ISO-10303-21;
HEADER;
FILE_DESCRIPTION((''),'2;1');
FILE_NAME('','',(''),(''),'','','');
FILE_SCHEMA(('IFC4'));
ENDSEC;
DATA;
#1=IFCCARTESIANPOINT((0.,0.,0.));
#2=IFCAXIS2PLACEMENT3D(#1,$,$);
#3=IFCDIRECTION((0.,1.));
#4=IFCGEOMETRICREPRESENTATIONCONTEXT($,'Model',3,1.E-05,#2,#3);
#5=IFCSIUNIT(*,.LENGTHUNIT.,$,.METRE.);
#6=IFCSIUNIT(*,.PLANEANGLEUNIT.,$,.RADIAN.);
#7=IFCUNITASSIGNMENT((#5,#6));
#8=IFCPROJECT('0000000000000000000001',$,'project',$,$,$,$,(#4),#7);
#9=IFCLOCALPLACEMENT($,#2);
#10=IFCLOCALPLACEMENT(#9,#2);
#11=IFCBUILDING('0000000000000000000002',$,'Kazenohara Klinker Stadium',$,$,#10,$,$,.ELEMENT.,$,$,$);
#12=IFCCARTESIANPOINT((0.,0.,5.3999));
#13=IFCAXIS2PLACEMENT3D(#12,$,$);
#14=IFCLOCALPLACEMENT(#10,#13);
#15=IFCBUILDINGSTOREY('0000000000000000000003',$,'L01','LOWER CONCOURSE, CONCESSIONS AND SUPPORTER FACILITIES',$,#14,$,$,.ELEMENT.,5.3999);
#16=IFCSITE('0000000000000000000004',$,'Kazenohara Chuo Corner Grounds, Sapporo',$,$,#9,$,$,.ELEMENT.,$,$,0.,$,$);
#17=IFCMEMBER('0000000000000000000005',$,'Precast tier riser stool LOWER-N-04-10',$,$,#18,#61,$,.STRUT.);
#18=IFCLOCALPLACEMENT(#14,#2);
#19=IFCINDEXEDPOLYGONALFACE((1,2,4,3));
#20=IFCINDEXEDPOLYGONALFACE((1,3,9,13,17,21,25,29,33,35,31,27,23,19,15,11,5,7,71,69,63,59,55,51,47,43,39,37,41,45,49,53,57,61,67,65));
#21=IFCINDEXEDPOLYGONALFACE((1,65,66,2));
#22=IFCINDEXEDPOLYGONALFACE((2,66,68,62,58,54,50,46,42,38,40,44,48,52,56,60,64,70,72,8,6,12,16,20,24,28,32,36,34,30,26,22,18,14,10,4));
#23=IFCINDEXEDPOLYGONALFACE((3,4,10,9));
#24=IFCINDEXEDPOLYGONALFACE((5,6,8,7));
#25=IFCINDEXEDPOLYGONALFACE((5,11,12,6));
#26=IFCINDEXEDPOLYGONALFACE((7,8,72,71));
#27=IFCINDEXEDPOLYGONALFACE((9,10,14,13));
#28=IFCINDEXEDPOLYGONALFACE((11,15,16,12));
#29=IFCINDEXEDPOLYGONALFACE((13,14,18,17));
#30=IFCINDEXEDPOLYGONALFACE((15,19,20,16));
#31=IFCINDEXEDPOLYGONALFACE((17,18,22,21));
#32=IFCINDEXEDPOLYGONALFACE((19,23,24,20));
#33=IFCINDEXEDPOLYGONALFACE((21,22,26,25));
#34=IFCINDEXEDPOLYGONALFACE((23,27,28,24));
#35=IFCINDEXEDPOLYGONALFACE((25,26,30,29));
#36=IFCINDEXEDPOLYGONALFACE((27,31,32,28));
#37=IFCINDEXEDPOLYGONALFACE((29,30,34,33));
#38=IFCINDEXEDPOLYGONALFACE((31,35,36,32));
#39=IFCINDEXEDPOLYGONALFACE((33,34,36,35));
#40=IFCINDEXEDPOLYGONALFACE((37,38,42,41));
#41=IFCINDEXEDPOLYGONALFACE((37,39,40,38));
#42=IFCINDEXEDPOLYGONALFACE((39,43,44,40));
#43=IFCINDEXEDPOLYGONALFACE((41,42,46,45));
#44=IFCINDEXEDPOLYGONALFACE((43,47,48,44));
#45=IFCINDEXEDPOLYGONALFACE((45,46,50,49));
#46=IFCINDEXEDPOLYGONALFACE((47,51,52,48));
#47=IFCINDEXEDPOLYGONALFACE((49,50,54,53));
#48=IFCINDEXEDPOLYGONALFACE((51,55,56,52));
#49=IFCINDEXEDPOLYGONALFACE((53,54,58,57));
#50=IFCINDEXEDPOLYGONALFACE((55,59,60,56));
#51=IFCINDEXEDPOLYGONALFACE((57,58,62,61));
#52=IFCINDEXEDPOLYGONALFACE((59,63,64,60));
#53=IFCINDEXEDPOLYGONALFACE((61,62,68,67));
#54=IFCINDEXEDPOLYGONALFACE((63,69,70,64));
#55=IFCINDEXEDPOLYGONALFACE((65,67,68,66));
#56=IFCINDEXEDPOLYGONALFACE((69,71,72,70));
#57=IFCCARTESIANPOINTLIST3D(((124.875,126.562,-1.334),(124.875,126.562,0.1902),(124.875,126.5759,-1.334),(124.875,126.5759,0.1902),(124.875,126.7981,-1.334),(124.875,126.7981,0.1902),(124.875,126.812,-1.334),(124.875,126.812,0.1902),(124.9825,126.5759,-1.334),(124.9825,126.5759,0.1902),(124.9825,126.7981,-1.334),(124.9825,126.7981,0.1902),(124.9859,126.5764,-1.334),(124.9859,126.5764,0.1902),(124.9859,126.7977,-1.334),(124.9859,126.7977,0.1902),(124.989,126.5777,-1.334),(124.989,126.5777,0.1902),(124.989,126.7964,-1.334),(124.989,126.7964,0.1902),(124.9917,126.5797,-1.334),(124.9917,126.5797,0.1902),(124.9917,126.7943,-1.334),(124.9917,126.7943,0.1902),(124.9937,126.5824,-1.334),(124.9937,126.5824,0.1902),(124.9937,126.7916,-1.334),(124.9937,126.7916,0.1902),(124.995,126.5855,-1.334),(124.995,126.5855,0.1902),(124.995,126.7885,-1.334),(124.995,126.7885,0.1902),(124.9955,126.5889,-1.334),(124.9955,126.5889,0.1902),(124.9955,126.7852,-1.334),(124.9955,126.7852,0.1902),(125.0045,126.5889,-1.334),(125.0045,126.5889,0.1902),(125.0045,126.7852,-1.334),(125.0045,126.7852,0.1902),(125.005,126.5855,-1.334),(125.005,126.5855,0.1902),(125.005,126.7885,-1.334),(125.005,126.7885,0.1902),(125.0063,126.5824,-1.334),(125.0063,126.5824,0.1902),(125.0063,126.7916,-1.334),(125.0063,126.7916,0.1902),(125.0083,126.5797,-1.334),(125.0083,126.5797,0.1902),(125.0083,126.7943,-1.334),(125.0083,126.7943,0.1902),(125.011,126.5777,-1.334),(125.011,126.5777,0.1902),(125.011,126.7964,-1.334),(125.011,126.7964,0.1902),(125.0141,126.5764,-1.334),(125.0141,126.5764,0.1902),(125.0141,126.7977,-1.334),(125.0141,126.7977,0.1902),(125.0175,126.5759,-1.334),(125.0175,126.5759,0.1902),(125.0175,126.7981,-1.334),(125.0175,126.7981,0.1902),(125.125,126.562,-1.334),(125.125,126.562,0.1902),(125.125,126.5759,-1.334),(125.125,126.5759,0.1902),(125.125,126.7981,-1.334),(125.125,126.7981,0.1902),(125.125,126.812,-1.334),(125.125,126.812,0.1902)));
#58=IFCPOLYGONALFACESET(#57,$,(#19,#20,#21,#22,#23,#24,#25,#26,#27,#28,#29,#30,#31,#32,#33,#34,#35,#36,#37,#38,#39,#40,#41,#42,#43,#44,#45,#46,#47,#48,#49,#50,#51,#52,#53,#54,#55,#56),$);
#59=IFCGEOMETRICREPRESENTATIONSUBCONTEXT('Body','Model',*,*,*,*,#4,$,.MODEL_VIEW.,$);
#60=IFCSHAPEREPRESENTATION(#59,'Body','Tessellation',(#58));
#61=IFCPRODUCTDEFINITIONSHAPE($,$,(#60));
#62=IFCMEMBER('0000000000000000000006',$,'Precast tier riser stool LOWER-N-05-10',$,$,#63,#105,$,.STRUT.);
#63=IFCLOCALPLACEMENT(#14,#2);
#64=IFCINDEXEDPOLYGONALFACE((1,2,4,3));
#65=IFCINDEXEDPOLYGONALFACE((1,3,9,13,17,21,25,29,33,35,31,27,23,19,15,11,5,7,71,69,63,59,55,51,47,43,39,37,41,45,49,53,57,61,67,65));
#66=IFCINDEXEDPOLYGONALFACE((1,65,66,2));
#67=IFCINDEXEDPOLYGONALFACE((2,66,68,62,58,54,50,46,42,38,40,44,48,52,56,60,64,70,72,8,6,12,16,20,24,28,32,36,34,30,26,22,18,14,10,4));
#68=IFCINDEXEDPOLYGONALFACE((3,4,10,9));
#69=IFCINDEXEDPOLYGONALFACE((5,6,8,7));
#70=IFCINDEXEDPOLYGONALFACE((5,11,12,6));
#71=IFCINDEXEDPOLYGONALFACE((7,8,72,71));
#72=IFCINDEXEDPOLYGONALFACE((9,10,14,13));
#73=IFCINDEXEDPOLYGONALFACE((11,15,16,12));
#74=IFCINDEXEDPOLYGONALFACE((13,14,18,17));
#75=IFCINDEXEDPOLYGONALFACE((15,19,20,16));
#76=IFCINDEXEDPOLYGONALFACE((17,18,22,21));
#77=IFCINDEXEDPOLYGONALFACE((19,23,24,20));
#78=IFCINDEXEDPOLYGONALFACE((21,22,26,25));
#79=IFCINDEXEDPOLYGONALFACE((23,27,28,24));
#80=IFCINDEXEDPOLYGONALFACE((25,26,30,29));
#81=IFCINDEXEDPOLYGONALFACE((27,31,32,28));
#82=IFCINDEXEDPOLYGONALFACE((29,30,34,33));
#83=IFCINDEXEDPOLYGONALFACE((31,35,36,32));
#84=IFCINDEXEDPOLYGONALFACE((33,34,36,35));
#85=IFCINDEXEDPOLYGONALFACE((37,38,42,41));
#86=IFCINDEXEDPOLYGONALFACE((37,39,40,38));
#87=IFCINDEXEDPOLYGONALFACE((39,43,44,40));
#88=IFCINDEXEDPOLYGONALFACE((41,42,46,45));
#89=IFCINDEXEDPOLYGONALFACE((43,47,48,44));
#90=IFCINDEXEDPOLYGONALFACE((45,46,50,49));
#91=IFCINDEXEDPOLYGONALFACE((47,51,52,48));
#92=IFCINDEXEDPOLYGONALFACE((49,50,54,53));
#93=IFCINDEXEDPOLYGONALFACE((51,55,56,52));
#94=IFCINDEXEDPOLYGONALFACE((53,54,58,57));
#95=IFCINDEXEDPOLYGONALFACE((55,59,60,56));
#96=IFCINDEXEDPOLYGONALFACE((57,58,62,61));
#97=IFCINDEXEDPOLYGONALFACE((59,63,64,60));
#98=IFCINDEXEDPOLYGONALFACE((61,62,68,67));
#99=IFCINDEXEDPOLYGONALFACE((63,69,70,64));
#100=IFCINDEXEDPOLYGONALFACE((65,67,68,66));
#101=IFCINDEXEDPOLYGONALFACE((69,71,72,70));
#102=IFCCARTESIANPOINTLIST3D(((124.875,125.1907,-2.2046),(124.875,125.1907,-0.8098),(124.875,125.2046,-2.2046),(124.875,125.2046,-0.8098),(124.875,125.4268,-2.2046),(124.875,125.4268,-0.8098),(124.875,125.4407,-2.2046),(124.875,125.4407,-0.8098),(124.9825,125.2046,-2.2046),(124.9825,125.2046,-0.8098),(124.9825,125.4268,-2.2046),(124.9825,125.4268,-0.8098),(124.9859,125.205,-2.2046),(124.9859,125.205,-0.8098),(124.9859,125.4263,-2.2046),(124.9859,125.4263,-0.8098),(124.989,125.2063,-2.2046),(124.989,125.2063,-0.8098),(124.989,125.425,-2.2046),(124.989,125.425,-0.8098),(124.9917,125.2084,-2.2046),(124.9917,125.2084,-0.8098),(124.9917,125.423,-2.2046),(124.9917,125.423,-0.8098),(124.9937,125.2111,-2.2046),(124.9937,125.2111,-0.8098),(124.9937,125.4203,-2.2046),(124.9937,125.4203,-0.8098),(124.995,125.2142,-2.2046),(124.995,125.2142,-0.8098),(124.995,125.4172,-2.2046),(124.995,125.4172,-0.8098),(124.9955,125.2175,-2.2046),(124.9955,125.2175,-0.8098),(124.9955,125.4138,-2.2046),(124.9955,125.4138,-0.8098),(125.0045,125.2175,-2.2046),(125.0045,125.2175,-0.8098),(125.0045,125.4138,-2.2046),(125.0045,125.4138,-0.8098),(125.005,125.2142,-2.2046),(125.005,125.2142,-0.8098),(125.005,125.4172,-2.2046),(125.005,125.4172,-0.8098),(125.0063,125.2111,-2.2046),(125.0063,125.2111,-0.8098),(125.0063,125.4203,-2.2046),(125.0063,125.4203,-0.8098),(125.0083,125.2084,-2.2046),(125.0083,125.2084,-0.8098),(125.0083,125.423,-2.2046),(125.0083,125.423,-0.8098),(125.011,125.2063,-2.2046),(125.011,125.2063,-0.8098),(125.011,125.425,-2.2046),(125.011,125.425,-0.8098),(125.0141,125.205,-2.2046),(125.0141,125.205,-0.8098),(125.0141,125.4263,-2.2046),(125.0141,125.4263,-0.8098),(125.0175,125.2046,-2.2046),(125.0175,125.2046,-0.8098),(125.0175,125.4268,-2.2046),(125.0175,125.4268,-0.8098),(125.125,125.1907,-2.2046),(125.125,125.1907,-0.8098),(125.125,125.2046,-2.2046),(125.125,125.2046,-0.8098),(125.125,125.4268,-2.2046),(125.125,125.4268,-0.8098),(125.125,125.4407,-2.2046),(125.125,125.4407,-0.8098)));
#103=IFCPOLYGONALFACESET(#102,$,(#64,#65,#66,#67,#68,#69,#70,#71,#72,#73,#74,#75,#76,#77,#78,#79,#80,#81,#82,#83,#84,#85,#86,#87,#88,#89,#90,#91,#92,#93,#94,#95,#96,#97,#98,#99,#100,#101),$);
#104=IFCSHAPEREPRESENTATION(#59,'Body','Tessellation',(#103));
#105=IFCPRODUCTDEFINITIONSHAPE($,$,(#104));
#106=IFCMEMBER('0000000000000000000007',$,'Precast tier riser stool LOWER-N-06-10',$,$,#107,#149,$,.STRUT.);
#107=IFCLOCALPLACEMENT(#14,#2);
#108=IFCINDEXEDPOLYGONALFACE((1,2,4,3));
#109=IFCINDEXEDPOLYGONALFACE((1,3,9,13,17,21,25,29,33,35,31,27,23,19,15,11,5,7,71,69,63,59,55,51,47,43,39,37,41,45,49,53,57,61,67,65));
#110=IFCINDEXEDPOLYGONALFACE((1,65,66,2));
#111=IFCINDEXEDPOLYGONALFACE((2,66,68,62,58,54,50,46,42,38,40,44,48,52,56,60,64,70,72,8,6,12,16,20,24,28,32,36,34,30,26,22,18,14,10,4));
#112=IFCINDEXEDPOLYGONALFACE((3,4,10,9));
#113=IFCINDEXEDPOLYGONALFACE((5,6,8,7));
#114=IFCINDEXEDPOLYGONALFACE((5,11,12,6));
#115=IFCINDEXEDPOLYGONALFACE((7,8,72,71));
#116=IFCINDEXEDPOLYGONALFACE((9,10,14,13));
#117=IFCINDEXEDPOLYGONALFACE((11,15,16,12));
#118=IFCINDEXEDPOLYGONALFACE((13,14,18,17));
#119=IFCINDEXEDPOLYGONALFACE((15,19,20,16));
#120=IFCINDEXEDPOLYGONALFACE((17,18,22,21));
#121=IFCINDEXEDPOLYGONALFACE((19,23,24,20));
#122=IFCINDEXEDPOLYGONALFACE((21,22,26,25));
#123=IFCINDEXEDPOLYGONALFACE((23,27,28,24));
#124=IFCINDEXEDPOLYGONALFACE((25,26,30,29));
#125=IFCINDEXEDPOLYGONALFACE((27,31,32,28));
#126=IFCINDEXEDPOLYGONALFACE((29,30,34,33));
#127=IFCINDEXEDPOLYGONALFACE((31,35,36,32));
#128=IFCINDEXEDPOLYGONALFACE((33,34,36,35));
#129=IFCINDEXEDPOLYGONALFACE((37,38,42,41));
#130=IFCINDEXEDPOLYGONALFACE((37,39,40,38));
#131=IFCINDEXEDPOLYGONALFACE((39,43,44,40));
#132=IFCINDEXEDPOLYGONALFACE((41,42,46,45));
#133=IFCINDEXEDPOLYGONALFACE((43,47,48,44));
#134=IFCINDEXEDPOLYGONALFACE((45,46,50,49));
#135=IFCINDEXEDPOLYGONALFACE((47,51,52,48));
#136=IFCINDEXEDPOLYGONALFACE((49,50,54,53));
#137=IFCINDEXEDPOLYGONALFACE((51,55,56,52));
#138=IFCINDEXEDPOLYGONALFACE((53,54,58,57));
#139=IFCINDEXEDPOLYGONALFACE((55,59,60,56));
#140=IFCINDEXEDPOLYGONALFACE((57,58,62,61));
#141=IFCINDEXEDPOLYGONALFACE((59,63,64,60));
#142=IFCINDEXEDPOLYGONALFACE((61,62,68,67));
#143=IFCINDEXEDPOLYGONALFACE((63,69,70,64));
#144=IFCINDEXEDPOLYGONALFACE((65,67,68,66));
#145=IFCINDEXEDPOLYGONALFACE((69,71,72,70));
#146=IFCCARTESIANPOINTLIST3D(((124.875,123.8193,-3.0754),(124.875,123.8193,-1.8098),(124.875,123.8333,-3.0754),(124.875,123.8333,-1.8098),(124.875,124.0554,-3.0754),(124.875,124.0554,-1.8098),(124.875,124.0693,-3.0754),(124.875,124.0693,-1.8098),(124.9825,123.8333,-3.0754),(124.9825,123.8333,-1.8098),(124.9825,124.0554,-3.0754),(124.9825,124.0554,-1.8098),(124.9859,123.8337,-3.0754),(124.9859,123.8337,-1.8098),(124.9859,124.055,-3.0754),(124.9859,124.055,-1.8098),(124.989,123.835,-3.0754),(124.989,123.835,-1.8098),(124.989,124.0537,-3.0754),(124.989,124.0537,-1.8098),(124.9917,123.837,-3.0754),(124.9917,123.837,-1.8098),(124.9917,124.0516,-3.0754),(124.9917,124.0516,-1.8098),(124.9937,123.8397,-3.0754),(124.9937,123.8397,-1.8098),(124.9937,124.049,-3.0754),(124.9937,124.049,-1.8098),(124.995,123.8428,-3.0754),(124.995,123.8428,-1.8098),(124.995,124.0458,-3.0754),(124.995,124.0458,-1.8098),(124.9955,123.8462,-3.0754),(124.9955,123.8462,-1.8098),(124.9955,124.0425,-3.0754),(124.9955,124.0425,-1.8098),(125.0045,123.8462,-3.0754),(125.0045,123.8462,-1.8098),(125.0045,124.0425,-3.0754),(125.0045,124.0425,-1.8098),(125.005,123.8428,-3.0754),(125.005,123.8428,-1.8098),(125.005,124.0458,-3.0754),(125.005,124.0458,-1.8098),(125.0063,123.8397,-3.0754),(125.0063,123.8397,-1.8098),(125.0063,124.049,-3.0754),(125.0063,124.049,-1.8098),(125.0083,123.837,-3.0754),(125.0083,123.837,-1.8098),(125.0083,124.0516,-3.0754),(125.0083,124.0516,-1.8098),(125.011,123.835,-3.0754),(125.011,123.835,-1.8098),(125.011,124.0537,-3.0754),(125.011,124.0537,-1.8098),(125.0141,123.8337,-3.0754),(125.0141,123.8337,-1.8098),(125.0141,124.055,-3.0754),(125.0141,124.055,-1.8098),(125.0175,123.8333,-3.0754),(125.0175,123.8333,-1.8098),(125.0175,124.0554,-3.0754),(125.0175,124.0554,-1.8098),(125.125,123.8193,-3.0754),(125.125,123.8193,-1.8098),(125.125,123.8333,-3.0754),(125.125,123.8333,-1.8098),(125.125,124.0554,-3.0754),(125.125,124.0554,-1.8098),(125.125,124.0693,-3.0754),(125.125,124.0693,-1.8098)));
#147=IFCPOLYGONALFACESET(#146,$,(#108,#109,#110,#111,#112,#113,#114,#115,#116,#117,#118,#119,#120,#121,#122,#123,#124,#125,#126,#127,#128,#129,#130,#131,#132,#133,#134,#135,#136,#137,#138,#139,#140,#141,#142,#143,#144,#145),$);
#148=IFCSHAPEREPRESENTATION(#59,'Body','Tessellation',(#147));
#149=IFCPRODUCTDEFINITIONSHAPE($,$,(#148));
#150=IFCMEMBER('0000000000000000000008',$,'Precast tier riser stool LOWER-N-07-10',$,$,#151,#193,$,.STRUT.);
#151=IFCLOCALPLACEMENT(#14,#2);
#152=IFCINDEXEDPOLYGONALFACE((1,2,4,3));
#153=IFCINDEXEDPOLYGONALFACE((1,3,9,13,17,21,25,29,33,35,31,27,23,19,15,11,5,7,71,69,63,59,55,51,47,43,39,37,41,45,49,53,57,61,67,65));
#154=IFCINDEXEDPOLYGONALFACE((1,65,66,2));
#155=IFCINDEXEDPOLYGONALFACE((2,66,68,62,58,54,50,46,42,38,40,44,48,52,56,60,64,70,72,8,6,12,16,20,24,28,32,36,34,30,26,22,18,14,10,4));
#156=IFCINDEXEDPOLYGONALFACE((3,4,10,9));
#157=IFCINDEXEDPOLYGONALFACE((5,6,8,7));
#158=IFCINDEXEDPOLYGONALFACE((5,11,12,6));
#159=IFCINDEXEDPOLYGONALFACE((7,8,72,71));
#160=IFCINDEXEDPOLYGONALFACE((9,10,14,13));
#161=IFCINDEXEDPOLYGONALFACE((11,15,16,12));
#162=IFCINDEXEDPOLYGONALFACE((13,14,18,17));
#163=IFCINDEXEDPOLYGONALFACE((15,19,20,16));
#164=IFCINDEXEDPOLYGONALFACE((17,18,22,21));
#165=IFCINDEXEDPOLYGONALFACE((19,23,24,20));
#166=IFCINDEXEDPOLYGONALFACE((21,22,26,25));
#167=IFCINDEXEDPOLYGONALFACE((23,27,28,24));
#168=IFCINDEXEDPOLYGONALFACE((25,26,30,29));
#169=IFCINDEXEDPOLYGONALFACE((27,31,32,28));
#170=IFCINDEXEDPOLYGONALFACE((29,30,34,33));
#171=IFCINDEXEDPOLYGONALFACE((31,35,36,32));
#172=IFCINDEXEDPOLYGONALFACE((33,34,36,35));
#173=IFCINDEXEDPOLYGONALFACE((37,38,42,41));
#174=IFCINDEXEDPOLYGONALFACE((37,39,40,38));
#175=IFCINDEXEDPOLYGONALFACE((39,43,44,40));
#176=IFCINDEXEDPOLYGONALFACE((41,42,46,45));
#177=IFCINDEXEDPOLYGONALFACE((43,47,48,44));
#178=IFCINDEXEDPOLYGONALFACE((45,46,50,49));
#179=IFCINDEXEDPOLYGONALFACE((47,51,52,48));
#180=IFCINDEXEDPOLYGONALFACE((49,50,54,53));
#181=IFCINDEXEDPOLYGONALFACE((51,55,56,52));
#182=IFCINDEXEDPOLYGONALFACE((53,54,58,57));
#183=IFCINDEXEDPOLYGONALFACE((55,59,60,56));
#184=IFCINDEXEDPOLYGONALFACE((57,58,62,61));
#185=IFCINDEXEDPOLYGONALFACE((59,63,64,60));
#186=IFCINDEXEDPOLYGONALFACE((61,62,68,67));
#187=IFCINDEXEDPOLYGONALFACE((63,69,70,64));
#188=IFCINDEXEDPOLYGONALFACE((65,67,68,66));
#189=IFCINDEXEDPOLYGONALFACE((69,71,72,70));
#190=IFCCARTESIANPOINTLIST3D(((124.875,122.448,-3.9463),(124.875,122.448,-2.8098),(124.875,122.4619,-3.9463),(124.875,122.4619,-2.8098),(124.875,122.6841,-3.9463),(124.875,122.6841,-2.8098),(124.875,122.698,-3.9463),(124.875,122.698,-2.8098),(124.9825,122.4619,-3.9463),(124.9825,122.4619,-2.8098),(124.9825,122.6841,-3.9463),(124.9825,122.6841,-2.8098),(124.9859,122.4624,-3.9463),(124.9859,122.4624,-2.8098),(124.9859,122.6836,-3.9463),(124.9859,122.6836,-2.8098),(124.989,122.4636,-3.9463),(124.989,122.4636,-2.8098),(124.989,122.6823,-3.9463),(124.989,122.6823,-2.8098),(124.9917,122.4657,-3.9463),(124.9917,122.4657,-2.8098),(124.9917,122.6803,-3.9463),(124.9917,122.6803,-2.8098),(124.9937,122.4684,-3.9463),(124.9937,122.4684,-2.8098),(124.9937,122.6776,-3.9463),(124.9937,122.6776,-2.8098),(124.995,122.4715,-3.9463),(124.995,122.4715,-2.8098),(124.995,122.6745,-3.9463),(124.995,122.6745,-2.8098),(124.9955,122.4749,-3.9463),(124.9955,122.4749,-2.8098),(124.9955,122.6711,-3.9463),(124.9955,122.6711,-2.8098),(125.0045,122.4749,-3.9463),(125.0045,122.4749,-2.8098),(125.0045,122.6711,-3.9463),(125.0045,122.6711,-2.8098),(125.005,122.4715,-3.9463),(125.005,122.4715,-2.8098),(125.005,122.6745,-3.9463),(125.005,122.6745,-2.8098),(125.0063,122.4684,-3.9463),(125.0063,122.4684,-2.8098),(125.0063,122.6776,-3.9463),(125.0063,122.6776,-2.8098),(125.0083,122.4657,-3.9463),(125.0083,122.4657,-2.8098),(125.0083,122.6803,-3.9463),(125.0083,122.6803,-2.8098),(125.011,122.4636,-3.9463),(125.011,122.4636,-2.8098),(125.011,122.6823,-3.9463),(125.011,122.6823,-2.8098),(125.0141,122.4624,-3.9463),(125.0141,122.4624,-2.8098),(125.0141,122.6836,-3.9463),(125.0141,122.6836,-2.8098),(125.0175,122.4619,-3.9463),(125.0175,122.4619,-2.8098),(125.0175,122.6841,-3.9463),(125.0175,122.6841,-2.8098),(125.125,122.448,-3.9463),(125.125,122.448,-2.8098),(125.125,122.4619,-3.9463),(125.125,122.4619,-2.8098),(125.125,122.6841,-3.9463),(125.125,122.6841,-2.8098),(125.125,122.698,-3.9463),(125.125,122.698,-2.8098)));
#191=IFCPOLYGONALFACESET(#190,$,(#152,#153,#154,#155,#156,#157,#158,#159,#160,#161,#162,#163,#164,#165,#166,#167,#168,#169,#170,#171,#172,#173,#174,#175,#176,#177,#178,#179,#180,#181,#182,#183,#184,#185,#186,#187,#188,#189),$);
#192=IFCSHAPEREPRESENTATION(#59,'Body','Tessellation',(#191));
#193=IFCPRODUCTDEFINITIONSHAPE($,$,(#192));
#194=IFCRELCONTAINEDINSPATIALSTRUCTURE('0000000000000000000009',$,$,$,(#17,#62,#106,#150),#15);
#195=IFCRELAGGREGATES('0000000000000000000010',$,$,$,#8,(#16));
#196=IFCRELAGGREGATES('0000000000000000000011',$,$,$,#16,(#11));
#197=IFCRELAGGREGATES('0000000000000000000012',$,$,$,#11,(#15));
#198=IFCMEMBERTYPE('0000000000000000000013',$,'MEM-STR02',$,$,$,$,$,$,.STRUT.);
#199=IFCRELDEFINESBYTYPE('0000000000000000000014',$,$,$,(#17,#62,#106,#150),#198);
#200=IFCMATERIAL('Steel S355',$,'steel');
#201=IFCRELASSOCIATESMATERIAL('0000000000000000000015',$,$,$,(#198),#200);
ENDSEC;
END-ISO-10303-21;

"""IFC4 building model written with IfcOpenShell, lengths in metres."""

from ifc_helpers import new_model, si_unit, direction, frame, origin, origin_2d, place, context, subcontext, project, spatial, i_section, extrude, material, material_profile, profile_set, type_object, element, save


model = new_model("IFC4")

# Units and contexts
model_context = context("Model", 3, precision=1e-05, world=origin(), true_north=direction((0.0, 1.0)))
body_context = subcontext(model_context, "Body", "Model", "MODEL_VIEW")
ifc_project = project(units=[si_unit("LENGTHUNIT", "METRE"), si_unit("PLANEANGLEUNIT", "RADIAN")], contexts=[model_context])

# Site, building, storey
site_placement = place(None, origin())
site = spatial("IfcSite", under=ifc_project, at=site_placement, Name="Kazenohara Chuo Corner Grounds, Sapporo", CompositionType="ELEMENT", RefElevation=0.0)
building_placement = place(site_placement, origin())
building = spatial("IfcBuilding", under=site, at=building_placement, Name="Kazenohara Klinker Stadium", CompositionType="ELEMENT")
storey_placement = place(building_placement, frame((0.0, 0.0, 5.3999)))
storey = spatial("IfcBuildingStorey", under=building, at=storey_placement, Name="L01", Description="LOWER CONCOURSE, CONCESSIONS AND SUPPORTER FACILITIES", CompositionType="ELEMENT", Elevation=5.3999)

# Shared definitions
ifc_material_1 = material(Name="Steel S355", Category="steel")

# Members
ifc_material_profile_1 = material_profile(ifc_material_1, i_section(OverallWidth=0.25, OverallDepth=0.25, WebThickness=0.009, FlangeThickness=0.0139, FilletRadius=0.0129, at=origin_2d()), Name="H-250x250x9x14")
ifc_profile_set_1 = profile_set([ifc_material_profile_1], Name="Steel S355")
member_type_1 = type_object("IfcMemberType", Name="MEM-STR02", PredefinedType="STRUT", material=ifc_profile_set_1)
member_1_placement = place(storey_placement, frame((125.0, 126.687, -1.334), z_axis=(0.0, 0.0, 1.0), x_axis=(1.0, 0.0, 0.0)))
element("IfcMember", 1, at=member_1_placement, inside=storey, type_object=member_type_1, Name="Precast tier riser stool LOWER-N-04-10", PredefinedType="STRUT", context=body_context, shape_type="SweptSolid", body=[
    extrude(i_section(OverallWidth=0.25, OverallDepth=0.25, WebThickness=0.009, FlangeThickness=0.0139, FilletRadius=0.0129, at=origin_2d()), origin(), (0.0, 0.0, 1.0), 1.5242),
])
member_2_placement = place(storey_placement, frame((125.0, 125.3157, -2.2046), z_axis=(0.0, 0.0, 1.0), x_axis=(1.0, 0.0, 0.0)))
element("IfcMember", 2, at=member_2_placement, inside=storey, type_object=member_type_1, Name="Precast tier riser stool LOWER-N-05-10", PredefinedType="STRUT", context=body_context, shape_type="SweptSolid", body=[
    extrude(i_section(OverallWidth=0.25, OverallDepth=0.25, WebThickness=0.009, FlangeThickness=0.0139, FilletRadius=0.0129, at=origin_2d()), origin(), (0.0, 0.0, 1.0), 1.3948),
])
member_3_placement = place(storey_placement, frame((125.0, 123.9443, -3.0754), z_axis=(0.0, 0.0, 1.0), x_axis=(1.0, 0.0, 0.0)))
element("IfcMember", 3, at=member_3_placement, inside=storey, type_object=member_type_1, Name="Precast tier riser stool LOWER-N-06-10", PredefinedType="STRUT", context=body_context, shape_type="SweptSolid", body=[
    extrude(i_section(OverallWidth=0.25, OverallDepth=0.25, WebThickness=0.009, FlangeThickness=0.0139, FilletRadius=0.0129, at=origin_2d()), origin(), (0.0, 0.0, 1.0), 1.2656),
])
member_4_placement = place(storey_placement, frame((125.0, 122.573, -3.9463), z_axis=(0.0, 0.0, 1.0), x_axis=(1.0, 0.0, 0.0)))
element("IfcMember", 4, at=member_4_placement, inside=storey, type_object=member_type_1, Name="Precast tier riser stool LOWER-N-07-10", PredefinedType="STRUT", context=body_context, shape_type="SweptSolid", body=[
    extrude(i_section(OverallWidth=0.25, OverallDepth=0.25, WebThickness=0.009, FlangeThickness=0.0139, FilletRadius=0.0129, at=origin_2d()), origin(), (0.0, 0.0, 1.0), 1.1365),
])

save(model, "model.ifc")
